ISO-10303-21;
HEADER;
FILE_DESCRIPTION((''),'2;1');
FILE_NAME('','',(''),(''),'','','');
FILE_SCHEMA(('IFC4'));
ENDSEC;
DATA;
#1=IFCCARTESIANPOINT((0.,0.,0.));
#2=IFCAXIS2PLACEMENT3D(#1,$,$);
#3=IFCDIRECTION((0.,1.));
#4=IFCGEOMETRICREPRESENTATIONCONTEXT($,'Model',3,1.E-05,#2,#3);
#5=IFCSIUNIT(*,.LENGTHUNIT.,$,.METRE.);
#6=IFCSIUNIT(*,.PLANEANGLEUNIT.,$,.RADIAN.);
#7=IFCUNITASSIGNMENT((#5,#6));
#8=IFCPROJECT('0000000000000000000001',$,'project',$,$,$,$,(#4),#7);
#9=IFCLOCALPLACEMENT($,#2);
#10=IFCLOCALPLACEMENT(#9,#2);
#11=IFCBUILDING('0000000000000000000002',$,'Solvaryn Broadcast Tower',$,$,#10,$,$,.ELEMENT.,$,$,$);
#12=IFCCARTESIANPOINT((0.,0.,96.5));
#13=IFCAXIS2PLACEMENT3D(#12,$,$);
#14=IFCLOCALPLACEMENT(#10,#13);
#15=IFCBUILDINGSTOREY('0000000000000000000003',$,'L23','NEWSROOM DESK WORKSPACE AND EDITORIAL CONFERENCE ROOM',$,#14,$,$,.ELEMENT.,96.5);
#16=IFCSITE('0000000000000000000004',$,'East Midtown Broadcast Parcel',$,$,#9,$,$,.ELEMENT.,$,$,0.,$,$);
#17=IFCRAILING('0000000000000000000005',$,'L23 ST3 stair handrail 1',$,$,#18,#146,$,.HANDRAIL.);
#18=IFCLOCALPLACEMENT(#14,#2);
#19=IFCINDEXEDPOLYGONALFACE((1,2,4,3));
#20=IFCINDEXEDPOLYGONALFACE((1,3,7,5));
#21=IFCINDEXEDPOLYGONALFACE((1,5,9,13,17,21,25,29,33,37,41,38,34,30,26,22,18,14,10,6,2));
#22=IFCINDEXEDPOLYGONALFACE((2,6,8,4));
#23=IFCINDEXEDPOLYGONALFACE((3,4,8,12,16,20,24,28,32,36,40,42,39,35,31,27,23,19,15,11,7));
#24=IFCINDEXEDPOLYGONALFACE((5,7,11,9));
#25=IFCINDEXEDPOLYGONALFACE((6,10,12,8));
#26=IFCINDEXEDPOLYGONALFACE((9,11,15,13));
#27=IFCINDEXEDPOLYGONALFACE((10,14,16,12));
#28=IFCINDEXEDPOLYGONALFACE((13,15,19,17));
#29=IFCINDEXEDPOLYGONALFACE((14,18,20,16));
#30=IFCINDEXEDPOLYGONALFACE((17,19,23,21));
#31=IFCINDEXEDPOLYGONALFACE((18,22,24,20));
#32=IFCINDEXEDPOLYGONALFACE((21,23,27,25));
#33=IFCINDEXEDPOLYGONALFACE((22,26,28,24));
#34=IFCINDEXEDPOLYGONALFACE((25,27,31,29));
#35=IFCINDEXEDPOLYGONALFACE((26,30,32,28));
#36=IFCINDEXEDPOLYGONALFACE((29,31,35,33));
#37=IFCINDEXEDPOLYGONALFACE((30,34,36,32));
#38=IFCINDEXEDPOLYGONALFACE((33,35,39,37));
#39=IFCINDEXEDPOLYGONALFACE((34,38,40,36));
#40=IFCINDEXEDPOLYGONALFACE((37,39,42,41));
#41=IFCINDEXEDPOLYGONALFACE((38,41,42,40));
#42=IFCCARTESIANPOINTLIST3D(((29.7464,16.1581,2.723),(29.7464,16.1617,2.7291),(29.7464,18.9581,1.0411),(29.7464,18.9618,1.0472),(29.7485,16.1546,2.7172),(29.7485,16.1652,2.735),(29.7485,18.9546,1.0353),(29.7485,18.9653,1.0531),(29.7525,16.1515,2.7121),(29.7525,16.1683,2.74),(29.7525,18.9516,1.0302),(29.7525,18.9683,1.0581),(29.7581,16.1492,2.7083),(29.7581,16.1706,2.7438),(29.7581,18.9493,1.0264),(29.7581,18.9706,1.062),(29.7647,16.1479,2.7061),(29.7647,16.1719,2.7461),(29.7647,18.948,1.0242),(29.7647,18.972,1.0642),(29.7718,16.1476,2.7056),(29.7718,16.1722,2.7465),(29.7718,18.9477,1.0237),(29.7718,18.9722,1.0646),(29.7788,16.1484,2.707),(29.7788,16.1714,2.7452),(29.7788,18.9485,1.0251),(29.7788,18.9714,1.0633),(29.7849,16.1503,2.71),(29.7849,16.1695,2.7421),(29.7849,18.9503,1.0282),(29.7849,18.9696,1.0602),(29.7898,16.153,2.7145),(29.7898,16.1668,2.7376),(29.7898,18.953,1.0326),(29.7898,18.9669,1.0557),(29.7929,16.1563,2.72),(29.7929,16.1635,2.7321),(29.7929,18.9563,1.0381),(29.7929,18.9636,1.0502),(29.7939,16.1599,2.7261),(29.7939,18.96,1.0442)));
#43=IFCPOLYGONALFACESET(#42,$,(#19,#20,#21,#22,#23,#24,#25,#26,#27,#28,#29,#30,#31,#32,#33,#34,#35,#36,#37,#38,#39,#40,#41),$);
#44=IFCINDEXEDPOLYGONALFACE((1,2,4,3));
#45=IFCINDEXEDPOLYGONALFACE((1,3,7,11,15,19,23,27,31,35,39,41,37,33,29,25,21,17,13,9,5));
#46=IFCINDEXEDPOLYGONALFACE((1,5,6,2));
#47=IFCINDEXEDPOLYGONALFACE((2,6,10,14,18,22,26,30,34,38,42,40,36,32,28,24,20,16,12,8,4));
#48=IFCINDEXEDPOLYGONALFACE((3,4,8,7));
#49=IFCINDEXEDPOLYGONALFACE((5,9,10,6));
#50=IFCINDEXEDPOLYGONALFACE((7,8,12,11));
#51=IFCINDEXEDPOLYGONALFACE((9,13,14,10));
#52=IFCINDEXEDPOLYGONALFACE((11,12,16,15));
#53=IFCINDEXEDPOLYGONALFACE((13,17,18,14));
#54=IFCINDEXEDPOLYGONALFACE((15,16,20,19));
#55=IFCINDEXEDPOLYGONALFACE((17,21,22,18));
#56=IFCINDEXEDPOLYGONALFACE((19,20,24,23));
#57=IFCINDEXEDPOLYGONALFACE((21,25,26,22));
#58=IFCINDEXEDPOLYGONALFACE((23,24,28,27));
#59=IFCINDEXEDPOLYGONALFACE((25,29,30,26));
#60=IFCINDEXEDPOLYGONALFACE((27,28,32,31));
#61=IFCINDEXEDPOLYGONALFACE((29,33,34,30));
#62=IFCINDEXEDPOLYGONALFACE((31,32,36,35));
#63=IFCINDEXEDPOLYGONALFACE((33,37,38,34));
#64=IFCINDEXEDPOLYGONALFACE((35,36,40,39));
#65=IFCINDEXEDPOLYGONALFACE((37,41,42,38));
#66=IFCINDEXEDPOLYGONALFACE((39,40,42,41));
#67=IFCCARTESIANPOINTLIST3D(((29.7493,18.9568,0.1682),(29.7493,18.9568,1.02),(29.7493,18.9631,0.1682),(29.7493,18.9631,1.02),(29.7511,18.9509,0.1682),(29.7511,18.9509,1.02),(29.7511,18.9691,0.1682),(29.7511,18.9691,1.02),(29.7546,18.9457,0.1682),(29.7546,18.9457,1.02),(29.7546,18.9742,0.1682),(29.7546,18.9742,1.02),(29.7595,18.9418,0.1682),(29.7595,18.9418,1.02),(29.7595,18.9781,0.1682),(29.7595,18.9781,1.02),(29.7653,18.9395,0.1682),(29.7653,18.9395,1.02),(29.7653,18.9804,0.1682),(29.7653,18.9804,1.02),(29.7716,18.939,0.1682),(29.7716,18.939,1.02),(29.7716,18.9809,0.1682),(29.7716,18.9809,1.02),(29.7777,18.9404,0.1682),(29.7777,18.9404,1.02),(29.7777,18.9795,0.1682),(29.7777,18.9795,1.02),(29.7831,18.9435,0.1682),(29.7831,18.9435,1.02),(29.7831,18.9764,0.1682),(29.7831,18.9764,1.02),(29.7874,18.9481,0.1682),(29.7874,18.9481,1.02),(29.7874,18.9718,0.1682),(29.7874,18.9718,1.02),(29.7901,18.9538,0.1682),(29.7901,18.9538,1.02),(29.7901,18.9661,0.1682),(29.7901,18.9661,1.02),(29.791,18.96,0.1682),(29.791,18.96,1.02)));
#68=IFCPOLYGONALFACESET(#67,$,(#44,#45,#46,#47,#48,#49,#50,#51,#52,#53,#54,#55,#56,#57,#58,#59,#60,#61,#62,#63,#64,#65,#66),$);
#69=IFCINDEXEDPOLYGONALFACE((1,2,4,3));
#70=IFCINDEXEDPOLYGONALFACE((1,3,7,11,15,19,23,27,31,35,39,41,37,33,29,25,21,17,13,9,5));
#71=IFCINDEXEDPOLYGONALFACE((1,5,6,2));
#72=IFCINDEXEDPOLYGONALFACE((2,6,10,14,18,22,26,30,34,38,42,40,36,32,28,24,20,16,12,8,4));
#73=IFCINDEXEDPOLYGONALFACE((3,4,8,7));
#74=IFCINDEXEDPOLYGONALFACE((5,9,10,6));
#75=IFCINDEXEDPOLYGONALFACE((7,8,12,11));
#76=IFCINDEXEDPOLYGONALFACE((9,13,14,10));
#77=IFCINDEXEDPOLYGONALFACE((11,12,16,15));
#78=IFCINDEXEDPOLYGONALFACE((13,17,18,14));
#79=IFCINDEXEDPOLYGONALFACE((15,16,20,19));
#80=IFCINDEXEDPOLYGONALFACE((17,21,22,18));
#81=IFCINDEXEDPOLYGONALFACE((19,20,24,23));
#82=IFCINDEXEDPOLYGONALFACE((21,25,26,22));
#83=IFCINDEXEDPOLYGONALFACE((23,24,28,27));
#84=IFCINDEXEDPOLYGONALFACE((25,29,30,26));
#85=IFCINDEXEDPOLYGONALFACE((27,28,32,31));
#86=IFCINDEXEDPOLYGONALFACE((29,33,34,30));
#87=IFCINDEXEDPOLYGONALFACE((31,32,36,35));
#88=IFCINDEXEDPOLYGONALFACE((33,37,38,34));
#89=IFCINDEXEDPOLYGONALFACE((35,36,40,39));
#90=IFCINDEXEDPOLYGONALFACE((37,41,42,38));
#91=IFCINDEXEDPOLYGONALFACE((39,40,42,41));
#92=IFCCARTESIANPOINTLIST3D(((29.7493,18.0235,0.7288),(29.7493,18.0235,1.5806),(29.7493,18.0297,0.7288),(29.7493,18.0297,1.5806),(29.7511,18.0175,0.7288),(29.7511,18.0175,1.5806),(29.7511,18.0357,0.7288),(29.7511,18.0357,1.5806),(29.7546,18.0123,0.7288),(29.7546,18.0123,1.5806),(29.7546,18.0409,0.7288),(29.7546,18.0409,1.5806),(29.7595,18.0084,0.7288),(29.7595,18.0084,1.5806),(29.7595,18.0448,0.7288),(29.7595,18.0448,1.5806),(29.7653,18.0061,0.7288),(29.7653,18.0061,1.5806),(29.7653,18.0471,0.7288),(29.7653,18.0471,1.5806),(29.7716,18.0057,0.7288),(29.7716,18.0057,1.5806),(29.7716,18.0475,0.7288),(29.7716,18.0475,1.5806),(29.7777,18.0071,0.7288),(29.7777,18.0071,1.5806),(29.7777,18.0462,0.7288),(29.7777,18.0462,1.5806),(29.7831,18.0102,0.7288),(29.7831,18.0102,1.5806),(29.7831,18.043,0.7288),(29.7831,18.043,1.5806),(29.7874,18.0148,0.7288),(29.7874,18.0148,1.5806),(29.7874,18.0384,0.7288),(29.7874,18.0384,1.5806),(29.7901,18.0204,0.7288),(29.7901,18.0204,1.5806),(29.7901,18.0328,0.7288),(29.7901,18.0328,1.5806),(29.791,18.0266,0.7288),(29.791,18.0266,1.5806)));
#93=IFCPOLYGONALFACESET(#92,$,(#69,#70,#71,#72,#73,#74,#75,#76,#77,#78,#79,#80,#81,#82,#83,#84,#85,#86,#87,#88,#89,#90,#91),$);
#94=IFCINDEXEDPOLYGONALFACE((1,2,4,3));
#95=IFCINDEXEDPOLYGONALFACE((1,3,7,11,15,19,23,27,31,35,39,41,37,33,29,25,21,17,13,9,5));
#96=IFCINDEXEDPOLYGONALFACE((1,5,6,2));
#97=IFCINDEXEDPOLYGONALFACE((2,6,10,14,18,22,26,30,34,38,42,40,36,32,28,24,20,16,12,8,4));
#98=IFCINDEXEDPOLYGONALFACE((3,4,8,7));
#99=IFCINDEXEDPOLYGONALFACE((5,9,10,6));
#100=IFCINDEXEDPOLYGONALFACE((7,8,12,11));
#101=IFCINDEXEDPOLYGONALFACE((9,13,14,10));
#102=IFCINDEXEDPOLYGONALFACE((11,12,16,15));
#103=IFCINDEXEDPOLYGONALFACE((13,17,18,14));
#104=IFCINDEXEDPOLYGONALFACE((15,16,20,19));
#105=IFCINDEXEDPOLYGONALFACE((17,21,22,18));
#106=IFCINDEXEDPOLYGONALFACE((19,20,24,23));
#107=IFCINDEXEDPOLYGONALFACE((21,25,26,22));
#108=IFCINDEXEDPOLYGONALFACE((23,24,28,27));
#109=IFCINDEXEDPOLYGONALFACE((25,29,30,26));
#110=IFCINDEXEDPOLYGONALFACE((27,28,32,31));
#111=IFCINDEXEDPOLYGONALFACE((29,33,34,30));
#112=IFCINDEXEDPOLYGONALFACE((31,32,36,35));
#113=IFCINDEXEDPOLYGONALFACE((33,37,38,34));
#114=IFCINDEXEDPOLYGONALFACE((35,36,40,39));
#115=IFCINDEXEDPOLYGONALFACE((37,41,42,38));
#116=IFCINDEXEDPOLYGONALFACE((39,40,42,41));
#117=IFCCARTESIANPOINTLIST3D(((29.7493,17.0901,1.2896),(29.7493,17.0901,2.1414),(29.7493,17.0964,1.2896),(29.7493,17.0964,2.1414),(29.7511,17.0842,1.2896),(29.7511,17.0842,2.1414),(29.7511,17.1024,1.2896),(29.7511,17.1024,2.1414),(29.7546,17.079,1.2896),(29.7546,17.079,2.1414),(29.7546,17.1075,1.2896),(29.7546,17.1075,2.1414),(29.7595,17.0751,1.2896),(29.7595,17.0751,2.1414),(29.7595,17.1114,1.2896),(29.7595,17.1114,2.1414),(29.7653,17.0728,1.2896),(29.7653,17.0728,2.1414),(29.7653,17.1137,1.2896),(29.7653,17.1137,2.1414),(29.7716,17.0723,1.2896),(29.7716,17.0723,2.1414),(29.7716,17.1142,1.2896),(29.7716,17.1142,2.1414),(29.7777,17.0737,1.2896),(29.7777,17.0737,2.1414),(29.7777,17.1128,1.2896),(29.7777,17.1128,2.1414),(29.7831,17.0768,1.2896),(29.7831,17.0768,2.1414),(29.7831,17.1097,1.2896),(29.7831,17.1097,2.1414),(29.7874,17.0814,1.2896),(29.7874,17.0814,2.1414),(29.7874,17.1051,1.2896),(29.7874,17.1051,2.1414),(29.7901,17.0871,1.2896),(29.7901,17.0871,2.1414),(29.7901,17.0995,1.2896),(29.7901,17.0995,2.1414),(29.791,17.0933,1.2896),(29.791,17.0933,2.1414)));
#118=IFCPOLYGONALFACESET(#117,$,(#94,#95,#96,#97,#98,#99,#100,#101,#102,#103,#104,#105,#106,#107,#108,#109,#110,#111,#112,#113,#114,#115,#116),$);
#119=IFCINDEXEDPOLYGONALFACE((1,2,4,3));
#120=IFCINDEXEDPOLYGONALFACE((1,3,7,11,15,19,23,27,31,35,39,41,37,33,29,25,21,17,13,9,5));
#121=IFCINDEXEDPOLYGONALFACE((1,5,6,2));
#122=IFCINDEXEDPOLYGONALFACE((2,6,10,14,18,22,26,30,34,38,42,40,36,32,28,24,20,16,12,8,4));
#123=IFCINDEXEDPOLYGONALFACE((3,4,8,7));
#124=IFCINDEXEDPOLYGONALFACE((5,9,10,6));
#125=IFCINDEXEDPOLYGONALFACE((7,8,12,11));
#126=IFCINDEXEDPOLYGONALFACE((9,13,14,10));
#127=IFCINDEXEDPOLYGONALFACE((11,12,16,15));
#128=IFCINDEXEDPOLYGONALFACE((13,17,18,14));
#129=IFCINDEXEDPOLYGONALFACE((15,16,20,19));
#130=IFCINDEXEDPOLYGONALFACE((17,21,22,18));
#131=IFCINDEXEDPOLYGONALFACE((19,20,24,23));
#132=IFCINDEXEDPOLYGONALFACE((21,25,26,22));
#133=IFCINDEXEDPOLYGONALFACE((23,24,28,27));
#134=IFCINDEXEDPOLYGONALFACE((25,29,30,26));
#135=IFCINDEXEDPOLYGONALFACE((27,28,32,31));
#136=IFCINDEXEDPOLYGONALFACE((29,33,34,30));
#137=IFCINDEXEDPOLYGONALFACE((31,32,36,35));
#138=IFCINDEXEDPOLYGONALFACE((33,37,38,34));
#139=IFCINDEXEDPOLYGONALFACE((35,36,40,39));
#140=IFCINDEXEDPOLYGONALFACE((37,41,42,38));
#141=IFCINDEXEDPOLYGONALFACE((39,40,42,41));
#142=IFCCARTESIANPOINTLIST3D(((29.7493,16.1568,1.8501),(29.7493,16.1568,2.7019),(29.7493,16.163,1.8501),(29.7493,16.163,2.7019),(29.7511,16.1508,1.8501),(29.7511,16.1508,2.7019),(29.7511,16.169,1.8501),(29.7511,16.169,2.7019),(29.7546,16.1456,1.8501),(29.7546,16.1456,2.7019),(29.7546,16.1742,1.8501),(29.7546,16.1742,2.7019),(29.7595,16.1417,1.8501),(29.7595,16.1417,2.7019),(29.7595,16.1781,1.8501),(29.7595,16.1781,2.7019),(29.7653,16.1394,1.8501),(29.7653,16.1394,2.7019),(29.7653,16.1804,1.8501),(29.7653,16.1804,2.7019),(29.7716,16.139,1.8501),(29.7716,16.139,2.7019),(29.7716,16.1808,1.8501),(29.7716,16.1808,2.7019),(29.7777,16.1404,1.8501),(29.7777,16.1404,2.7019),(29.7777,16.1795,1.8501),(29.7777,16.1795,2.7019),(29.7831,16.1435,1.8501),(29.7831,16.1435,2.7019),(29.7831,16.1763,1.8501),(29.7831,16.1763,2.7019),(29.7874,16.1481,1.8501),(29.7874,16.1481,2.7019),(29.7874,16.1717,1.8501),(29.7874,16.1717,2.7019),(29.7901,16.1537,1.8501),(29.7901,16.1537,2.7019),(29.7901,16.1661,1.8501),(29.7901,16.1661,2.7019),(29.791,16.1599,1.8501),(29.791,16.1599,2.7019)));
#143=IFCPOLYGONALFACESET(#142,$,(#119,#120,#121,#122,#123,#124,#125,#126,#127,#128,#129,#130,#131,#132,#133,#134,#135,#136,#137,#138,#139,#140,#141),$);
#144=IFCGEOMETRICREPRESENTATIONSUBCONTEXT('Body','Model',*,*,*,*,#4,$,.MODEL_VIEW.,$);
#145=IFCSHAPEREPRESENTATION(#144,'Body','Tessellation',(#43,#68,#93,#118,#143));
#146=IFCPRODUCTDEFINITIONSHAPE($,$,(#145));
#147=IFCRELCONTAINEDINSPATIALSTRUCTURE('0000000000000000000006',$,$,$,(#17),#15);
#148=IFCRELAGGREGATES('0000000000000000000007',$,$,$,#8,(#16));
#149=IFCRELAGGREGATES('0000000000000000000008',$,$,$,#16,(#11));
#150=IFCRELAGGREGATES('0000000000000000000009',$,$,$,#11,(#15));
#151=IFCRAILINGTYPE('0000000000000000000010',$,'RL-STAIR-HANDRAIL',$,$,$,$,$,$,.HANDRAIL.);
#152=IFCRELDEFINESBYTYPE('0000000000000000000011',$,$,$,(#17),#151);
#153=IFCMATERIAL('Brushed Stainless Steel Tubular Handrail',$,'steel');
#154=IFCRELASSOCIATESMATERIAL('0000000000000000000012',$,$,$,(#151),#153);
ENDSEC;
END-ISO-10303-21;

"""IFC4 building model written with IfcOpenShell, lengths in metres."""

from ifc_helpers import new_model, si_unit, direction, frame, origin, origin_2d, place, context, subcontext, project, spatial, circle, extrude, material, type_object, element, save


model = new_model("IFC4")

# Units and contexts
model_context = context("Model", 3, precision=1e-05, world=origin(), true_north=direction((0.0, 1.0)))
body_context = subcontext(model_context, "Body", "Model", "MODEL_VIEW")
ifc_project = project(units=[si_unit("LENGTHUNIT", "METRE"), si_unit("PLANEANGLEUNIT", "RADIAN")], contexts=[model_context])

# Site, building, storey
site_placement = place(None, origin())
site = spatial("IfcSite", under=ifc_project, at=site_placement, Name="East Midtown Broadcast Parcel", CompositionType="ELEMENT", RefElevation=0.0)
building_placement = place(site_placement, origin())
building = spatial("IfcBuilding", under=site, at=building_placement, Name="Solvaryn Broadcast Tower", CompositionType="ELEMENT")
storey_placement = place(building_placement, frame((0.0, 0.0, 96.5)))
storey = spatial("IfcBuildingStorey", under=building, at=storey_placement, Name="L23", Description="NEWSROOM DESK WORKSPACE AND EDITORIAL CONFERENCE ROOM", CompositionType="ELEMENT", Elevation=96.5)

# Railing
ifc_material_1 = material(Name="Brushed Stainless Steel Tubular Handrail", Category="steel")
railing_type_1 = type_object("IfcRailingType", Name="RL-STAIR-HANDRAIL", PredefinedType="HANDRAIL", material=ifc_material_1)
railing_1_placement = place(storey_placement, frame((29.77, 18.96, 0.1682)))
element("IfcRailing", 1, at=railing_1_placement, inside=storey, type_object=railing_type_1, Name="L23 ST3 stair handrail 1", PredefinedType="HANDRAIL", context=body_context, shape_type="SweptSolid", body=[
    extrude(circle(Radius=0.0239, at=origin_2d()), frame((0.0, 0.0, 0.876), z_axis=(0.0, -0.857242, 0.514913), x_axis=(1.0, 0.0, 0.0)), (0.0, 0.0, 1.0), 3.2664),
    extrude(circle(Radius=0.021, at=origin_2d()), origin(), (0.0, 0.0, 1.0), 0.8518),
    extrude(circle(Radius=0.021, at=origin_2d()), frame((0.0, -0.9333, 0.5605)), (0.0, 0.0, 1.0), 0.8518),
    extrude(circle(Radius=0.021, at=origin_2d()), frame((0.0, -1.8667, 1.1213)), (0.0, 0.0, 1.0), 0.8518),
    extrude(circle(Radius=0.021, at=origin_2d()), frame((0.0, -2.8, 1.6819)), (0.0, 0.0, 1.0), 0.8518),
])

save(model, "model.ifc")
